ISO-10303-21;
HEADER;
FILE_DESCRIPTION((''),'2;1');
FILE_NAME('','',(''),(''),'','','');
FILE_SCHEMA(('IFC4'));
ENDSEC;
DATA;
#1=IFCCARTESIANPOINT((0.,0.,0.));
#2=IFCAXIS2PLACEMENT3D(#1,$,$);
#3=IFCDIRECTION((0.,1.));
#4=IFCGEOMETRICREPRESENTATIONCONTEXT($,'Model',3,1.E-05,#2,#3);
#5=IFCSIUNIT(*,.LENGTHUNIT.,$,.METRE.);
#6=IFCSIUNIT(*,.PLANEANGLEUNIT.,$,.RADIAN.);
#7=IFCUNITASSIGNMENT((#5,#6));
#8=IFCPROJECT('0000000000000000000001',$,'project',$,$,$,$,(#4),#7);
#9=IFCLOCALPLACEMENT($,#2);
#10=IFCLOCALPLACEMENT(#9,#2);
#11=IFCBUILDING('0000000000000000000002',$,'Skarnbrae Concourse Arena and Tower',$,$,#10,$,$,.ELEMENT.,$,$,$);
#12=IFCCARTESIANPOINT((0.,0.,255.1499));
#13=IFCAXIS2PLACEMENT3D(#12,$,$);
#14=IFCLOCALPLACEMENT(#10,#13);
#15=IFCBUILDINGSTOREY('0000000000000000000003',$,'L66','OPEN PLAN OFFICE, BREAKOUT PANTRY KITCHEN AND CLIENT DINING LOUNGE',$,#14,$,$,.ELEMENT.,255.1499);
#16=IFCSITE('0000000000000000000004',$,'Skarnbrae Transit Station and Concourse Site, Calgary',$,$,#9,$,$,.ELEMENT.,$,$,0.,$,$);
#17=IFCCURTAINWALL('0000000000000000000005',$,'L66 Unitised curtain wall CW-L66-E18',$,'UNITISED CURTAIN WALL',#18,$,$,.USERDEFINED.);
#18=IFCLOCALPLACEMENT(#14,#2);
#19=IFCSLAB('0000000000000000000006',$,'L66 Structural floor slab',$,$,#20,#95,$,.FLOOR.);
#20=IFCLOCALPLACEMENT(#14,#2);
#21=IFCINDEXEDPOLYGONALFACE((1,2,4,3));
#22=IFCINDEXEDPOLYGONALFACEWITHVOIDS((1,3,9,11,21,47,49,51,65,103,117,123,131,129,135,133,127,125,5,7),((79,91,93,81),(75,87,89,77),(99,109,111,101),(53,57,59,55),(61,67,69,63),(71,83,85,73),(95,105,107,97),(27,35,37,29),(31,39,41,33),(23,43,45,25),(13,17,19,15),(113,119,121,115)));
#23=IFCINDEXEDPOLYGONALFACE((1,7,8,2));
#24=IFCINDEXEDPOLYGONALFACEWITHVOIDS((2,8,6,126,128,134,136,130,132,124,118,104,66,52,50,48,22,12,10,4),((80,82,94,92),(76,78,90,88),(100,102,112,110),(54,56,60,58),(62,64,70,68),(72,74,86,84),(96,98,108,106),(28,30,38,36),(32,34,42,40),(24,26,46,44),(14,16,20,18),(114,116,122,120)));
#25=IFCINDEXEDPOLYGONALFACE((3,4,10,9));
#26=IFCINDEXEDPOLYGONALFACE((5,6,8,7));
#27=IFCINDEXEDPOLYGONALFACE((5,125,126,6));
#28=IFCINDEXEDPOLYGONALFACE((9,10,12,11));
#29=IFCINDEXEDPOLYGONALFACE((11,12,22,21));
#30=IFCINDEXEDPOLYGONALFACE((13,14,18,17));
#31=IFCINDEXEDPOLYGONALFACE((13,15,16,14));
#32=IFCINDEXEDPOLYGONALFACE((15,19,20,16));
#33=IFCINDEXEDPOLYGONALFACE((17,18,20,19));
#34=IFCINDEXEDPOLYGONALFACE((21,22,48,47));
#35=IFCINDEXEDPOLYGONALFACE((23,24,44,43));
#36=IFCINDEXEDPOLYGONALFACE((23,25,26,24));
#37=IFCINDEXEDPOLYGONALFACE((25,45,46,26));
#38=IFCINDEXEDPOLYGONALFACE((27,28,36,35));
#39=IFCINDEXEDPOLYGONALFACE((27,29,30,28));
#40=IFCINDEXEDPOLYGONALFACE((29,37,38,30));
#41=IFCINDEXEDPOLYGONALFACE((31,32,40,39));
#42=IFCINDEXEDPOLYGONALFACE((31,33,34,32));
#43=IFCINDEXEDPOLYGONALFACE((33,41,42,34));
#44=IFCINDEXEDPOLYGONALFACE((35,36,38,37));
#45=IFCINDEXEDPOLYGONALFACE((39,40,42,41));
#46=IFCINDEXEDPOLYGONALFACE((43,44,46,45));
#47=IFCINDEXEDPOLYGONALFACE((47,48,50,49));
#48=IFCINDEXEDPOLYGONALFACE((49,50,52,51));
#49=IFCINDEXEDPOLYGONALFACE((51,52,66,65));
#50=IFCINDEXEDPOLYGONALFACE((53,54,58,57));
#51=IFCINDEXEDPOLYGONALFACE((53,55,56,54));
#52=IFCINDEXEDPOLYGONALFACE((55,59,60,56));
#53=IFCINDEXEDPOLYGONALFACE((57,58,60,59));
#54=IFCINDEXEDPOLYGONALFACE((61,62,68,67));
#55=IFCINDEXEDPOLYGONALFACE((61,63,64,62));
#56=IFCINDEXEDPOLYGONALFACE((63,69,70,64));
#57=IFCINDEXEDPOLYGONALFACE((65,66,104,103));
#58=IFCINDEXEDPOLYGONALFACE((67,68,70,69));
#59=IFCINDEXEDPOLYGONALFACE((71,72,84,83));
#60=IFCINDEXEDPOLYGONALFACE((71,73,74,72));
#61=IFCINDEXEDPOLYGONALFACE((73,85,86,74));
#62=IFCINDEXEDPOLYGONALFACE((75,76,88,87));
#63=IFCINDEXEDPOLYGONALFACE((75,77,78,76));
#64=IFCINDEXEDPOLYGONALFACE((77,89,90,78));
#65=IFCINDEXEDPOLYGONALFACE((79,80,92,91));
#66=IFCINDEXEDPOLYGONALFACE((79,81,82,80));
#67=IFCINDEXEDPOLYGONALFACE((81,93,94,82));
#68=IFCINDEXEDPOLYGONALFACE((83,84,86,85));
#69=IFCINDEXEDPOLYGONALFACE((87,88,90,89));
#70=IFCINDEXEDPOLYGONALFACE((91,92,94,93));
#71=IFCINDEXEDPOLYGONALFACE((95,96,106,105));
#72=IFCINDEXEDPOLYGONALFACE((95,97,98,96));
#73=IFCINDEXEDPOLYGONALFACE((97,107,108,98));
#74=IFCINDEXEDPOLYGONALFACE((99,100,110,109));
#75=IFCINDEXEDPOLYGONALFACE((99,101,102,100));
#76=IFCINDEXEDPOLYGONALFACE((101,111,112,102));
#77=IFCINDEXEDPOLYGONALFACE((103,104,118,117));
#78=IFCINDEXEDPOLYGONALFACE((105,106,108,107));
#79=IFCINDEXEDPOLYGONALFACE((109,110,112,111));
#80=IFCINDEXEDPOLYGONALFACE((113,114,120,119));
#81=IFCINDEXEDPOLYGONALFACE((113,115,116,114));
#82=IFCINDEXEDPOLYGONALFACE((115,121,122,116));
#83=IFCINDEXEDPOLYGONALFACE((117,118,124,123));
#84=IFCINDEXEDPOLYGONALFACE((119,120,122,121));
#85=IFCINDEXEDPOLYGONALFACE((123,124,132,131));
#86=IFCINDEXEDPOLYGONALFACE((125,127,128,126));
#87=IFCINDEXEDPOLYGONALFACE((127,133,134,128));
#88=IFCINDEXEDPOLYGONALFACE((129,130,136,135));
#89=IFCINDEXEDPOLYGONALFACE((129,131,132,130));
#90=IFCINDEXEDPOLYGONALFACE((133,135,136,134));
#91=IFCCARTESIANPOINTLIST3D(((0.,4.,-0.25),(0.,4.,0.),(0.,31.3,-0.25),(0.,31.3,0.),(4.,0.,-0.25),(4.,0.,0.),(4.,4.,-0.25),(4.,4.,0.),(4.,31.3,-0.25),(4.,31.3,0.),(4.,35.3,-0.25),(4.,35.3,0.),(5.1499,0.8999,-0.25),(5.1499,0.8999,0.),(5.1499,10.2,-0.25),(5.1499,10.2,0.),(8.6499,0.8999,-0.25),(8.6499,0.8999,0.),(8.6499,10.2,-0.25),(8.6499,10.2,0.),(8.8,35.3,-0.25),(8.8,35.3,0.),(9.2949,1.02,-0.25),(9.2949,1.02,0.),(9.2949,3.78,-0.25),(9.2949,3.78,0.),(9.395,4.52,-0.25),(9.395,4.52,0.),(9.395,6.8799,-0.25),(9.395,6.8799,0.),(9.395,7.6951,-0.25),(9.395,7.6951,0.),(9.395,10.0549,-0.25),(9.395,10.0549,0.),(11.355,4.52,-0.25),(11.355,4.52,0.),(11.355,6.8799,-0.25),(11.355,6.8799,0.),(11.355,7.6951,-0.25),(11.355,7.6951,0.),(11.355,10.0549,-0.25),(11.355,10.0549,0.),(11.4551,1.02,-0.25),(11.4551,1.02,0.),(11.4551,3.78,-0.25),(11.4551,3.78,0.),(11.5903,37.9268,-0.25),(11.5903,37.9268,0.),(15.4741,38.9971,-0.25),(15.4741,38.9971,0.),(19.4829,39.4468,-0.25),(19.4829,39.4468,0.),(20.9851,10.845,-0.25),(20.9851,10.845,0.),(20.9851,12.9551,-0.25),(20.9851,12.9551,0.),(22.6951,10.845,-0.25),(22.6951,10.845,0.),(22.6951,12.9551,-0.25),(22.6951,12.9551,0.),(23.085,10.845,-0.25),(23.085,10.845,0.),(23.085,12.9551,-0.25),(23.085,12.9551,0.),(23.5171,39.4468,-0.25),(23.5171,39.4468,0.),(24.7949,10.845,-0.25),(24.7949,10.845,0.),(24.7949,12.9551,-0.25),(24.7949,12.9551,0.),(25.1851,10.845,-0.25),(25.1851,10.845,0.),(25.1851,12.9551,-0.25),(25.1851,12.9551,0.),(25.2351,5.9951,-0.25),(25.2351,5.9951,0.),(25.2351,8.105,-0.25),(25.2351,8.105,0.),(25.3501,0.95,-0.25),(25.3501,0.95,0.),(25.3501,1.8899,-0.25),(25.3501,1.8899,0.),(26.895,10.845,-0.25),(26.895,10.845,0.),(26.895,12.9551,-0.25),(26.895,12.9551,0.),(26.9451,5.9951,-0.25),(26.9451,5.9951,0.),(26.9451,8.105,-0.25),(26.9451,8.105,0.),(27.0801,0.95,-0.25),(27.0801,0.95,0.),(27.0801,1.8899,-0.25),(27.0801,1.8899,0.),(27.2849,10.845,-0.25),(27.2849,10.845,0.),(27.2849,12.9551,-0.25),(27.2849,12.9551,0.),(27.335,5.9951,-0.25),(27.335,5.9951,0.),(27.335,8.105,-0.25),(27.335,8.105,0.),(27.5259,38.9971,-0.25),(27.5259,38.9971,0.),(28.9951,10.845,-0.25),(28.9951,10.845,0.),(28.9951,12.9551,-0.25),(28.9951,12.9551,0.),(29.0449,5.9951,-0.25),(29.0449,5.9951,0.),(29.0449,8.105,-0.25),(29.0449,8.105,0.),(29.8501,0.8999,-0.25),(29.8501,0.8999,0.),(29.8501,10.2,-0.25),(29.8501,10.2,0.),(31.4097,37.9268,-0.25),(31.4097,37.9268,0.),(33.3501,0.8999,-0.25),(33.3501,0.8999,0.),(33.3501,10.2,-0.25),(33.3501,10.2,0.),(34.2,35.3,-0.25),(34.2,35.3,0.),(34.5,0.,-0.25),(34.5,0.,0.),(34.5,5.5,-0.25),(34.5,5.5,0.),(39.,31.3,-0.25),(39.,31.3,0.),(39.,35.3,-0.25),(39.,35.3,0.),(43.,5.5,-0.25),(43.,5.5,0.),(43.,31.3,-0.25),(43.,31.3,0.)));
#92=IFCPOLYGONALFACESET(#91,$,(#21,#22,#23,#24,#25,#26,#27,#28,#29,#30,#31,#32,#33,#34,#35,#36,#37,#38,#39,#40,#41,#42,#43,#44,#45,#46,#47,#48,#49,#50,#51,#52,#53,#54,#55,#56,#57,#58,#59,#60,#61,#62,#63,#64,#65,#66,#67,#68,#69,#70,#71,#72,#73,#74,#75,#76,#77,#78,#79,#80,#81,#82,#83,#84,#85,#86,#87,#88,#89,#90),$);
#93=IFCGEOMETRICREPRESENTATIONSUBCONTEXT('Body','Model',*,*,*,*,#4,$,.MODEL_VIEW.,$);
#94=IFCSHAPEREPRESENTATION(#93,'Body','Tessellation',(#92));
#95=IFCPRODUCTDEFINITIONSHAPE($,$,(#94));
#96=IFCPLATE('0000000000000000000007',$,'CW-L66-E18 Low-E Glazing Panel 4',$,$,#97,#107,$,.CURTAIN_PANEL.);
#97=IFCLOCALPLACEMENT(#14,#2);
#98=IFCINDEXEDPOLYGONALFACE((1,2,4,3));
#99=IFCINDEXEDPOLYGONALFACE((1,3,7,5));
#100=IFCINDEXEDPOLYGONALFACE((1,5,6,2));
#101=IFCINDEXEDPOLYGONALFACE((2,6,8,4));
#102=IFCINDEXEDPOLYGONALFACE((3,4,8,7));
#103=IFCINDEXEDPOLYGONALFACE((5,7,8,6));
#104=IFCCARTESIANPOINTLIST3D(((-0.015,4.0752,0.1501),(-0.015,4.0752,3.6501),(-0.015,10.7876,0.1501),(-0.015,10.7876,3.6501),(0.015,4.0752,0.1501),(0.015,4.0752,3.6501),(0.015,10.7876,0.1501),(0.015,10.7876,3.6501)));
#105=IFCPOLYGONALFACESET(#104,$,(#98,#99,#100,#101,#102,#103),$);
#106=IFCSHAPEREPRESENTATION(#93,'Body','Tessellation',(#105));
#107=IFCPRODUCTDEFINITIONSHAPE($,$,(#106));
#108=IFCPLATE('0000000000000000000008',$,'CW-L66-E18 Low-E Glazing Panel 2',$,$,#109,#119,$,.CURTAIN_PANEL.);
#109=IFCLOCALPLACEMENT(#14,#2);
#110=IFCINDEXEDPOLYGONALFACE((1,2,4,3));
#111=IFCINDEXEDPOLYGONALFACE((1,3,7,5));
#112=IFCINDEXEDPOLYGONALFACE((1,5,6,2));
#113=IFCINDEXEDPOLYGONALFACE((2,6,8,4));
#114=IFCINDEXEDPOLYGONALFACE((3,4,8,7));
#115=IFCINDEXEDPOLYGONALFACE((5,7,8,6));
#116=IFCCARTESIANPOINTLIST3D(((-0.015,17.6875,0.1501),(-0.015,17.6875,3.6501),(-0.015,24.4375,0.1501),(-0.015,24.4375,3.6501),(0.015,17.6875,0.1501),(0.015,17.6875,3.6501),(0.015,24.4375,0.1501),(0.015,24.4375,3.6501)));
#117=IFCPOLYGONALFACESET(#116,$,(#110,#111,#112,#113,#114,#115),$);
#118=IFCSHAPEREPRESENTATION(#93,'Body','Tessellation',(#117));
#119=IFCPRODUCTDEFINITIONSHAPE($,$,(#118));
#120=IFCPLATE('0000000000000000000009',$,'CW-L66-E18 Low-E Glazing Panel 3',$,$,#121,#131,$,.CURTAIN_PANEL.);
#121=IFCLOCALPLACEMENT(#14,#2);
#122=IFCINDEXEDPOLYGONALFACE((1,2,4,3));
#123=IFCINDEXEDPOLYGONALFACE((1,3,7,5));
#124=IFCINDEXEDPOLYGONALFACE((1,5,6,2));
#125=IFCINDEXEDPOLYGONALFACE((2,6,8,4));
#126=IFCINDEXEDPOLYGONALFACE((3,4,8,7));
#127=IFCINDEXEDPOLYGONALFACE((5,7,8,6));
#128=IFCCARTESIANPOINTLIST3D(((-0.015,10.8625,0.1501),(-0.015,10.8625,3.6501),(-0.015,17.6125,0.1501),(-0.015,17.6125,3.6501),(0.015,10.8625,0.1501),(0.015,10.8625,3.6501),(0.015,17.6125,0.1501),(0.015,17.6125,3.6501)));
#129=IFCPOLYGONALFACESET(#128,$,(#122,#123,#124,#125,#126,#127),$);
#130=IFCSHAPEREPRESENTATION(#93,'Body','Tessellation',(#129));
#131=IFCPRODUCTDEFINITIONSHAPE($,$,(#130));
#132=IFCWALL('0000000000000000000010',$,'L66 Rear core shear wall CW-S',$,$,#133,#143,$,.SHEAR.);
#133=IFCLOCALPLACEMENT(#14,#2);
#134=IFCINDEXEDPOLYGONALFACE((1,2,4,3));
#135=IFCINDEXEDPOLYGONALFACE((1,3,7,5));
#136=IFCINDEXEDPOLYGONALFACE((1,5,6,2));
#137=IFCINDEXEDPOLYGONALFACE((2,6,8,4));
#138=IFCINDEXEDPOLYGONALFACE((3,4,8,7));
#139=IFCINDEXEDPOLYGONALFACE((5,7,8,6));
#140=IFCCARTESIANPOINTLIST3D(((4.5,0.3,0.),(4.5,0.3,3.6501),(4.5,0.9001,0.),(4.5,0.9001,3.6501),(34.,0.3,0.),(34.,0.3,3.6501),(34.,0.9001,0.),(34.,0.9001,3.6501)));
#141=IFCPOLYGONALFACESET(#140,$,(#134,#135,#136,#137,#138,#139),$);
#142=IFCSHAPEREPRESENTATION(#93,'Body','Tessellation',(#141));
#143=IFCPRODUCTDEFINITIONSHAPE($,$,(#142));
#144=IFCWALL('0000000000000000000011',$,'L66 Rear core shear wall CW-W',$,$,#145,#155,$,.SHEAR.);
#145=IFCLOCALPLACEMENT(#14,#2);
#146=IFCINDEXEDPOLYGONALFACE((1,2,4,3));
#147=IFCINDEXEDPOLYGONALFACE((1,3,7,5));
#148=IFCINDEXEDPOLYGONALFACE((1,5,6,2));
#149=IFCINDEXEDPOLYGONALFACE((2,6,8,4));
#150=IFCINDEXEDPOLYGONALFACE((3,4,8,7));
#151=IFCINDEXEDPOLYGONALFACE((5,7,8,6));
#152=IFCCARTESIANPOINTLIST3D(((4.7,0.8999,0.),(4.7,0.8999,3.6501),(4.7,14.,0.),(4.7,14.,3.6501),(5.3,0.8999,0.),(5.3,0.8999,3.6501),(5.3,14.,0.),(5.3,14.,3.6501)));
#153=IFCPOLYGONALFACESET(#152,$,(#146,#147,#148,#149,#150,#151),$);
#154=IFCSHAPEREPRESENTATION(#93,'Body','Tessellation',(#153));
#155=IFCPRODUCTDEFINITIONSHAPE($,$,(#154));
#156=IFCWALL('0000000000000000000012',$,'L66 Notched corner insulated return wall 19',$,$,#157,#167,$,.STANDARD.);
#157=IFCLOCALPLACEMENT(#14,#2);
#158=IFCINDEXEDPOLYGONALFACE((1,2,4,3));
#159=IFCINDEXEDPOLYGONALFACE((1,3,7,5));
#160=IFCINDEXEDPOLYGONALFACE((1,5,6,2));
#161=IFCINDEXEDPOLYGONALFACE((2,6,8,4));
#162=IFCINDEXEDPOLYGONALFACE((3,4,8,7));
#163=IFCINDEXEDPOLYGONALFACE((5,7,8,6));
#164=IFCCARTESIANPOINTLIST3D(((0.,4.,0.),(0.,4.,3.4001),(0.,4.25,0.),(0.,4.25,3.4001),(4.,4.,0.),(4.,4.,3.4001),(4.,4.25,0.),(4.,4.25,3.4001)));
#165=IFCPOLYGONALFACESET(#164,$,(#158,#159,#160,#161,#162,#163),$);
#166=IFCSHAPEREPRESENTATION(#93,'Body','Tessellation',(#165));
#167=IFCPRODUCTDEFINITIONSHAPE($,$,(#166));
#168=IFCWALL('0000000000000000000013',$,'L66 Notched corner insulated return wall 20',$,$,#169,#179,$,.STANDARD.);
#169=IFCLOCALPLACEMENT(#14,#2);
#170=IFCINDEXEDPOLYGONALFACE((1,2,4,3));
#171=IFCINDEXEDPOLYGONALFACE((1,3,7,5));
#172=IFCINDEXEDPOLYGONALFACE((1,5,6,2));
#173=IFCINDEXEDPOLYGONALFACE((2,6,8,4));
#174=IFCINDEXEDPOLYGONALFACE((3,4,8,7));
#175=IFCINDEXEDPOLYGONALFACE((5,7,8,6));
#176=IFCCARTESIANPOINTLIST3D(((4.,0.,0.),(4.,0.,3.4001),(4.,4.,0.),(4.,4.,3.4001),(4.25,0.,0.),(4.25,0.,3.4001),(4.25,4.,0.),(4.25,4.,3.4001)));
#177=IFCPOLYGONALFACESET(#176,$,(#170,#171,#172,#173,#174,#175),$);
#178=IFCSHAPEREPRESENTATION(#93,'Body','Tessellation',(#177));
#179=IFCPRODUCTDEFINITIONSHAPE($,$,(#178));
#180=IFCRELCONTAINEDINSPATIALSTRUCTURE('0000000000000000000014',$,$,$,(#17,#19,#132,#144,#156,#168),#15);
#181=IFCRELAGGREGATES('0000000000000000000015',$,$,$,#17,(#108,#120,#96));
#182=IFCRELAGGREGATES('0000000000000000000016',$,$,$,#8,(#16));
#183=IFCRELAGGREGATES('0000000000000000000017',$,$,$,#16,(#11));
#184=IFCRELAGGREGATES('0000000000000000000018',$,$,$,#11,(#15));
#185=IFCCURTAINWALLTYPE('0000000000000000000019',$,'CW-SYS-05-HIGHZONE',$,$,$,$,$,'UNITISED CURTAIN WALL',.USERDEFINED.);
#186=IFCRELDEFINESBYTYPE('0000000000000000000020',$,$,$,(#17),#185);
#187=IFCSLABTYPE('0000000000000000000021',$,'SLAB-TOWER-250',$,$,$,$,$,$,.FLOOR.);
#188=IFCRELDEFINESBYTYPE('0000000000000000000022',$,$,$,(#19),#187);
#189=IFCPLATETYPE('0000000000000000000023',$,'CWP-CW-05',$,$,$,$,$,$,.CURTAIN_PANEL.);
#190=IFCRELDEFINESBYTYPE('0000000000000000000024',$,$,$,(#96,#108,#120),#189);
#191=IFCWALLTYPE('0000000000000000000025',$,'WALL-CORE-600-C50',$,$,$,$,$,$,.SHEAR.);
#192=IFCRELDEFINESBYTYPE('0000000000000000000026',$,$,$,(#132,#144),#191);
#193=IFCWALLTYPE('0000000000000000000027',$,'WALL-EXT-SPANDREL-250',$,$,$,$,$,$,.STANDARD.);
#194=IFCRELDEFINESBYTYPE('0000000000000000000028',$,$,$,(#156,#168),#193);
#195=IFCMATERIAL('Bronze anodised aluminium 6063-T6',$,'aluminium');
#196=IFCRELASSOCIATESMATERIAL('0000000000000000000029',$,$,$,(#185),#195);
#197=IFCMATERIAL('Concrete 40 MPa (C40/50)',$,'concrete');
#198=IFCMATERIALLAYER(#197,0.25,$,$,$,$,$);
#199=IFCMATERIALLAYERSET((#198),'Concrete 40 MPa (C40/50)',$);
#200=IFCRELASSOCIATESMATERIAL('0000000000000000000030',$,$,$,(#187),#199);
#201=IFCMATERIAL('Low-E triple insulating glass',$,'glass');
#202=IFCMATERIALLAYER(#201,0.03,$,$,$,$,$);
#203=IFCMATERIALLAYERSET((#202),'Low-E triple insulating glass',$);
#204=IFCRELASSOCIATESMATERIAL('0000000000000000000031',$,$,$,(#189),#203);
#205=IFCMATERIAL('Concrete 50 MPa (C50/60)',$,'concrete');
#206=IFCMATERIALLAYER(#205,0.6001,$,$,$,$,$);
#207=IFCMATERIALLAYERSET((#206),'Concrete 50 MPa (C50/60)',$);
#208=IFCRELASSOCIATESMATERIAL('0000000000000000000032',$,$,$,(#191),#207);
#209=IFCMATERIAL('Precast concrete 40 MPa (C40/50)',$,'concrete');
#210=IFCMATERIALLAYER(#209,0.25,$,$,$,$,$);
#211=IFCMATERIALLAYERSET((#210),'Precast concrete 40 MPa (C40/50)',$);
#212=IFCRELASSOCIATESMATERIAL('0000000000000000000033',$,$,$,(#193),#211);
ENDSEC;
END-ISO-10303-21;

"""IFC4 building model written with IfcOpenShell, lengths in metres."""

from ifc_helpers import new_model, si_unit, direction, frame, frame_2d, origin, origin_2d, place, context, subcontext, project, spatial, polyline, rectangle, outline, extrude, source, transform, mapped, material, layer, layer_set, type_object, element, aggregate, save


model = new_model("IFC4")

# Units and contexts
model_context = context("Model", 3, precision=1e-05, world=origin(), true_north=direction((0.0, 1.0)))
body_context = subcontext(model_context, "Body", "Model", "MODEL_VIEW")
ifc_project = project(units=[si_unit("LENGTHUNIT", "METRE"), si_unit("PLANEANGLEUNIT", "RADIAN")], contexts=[model_context])

# Site, building, storey
site_placement = place(None, origin())
site = spatial("IfcSite", under=ifc_project, at=site_placement, Name="Skarnbrae Transit Station and Concourse Site, Calgary", CompositionType="ELEMENT", RefElevation=0.0)
building_placement = place(site_placement, origin())
building = spatial("IfcBuilding", under=site, at=building_placement, Name="Skarnbrae Concourse Arena and Tower", CompositionType="ELEMENT")
storey_placement = place(building_placement, frame((0.0, 0.0, 255.1499)))
storey = spatial("IfcBuildingStorey", under=building, at=storey_placement, Name="L66", Description="OPEN PLAN OFFICE, BREAKOUT PANTRY KITCHEN AND CLIENT DINING LOUNGE", CompositionType="ELEMENT", Elevation=255.1499)

# Curtain wall
ifc_material_1 = material(Name="Bronze anodised aluminium 6063-T6", Category="aluminium")
curtain_wall_type = type_object("IfcCurtainWallType", Name="CW-SYS-05-HIGHZONE", ElementType="UNITISED CURTAIN WALL", PredefinedType="USERDEFINED", material=ifc_material_1)
curtain_wall_placement = place(storey_placement, origin())
curtain_wall = element("IfcCurtainWall", 1, at=curtain_wall_placement, inside=storey, type_object=curtain_wall_type, Name="L66 Unitised curtain wall CW-L66-E18", ObjectType="UNITISED CURTAIN WALL", PredefinedType="USERDEFINED")

# Shared definitions
ifc_material_2 = material(Name="Concrete 40 MPa (C40/50)", Category="concrete")

# Slab
ifc_layer_1 = layer(ifc_material_2, 0.25)
ifc_layer_set_1 = layer_set([ifc_layer_1], Name="Concrete 40 MPa (C40/50)")
slab_type_1 = type_object("IfcSlabType", Name="SLAB-TOWER-250", PredefinedType="FLOOR", material=ifc_layer_set_1)
slab_1_placement = place(storey_placement, frame((0.0, 0.0, -0.25)))
element("IfcSlab", 2, at=slab_1_placement, inside=storey, type_object=slab_type_1, Name="L66 Structural floor slab", PredefinedType="FLOOR", context=body_context, shape_type="SweptSolid", body=[
    extrude(outline(polyline([(4.0, 0.0), (34.5, 0.0), (34.5, 5.5), (43.0, 5.5), (43.0, 31.3), (39.0, 31.3), (39.0, 35.3), (34.2, 35.3), (31.4097, 37.9268), (27.5259, 38.9971), (23.5171, 39.4468), (19.4829, 39.4468), (15.4741, 38.9971), (11.5903, 37.9268), (8.8, 35.3), (4.0, 35.3), (4.0, 31.3), (0.0, 31.3), (0.0, 4.0), (4.0, 4.0), (4.0, 0.0)]), holes=[polyline([(9.2949, 1.02), (9.2949, 3.78), (11.4551, 3.78), (11.4551, 1.02), (9.2949, 1.02)]), polyline([(8.6499, 10.2), (8.6499, 0.8999), (5.1499, 0.8999), (5.1499, 10.2), (8.6499, 10.2)]), polyline([(9.395, 6.8799), (11.355, 6.8799), (11.355, 4.52), (9.395, 4.52), (9.395, 6.8799)]), polyline([(9.395, 7.6951), (9.395, 10.0549), (11.355, 10.0549), (11.355, 7.6951), (9.395, 7.6951)]), polyline([(20.9851, 12.9551), (22.6951, 12.9551), (22.6951, 10.845), (20.9851, 10.845), (20.9851, 12.9551)]), polyline([(23.085, 12.9551), (24.7949, 12.9551), (24.7949, 10.845), (23.085, 10.845), (23.085, 12.9551)]), polyline([(25.3501, 0.95), (25.3501, 1.8899), (27.0801, 1.8899), (27.0801, 0.95), (25.3501, 0.95)]), polyline([(33.3501, 10.2), (33.3501, 0.8999), (29.8501, 0.8999), (29.8501, 10.2), (33.3501, 10.2)]), polyline([(25.2351, 8.105), (26.9451, 8.105), (26.9451, 5.9951), (25.2351, 5.9951), (25.2351, 8.105)]), polyline([(27.335, 5.9951), (27.335, 8.105), (29.0449, 8.105), (29.0449, 5.9951), (27.335, 5.9951)]), polyline([(25.1851, 12.9551), (26.895, 12.9551), (26.895, 10.845), (25.1851, 10.845), (25.1851, 12.9551)]), polyline([(27.2849, 12.9551), (28.9951, 12.9551), (28.9951, 10.845), (27.2849, 10.845), (27.2849, 12.9551)])]), origin(), (0.0, 0.0, 1.0), 0.25),
])

# Plates
ifc_material_3 = material(Name="Low-E triple insulating glass", Category="glass")
ifc_layer_2 = layer(ifc_material_3, 0.03)
ifc_layer_set_2 = layer_set([ifc_layer_2], Name="Low-E triple insulating glass")
plate_type = type_object("IfcPlateType", Name="CWP-CW-05", PredefinedType="CURTAIN_PANEL", material=ifc_layer_set_2)
shared_shape_1 = source(origin(), body_context, "Body", "SweptSolid", [
    extrude(rectangle(XDim=6.7124, YDim=0.03, at=origin_2d()), origin(), (0.0, 0.0, 1.0), 3.5),
])
plate_1_placement = place(storey_placement, frame((0.0, 7.4314, 0.1501), z_axis=(0.0, 0.0, 1.0), x_axis=(0.0, -1.0, 0.0)))
plate_1 = element("IfcPlate", 3, at=plate_1_placement, type_object=plate_type, Name="CW-L66-E18 Low-E Glazing Panel 4", PredefinedType="CURTAIN_PANEL", context=body_context, shape_type="MappedRepresentation", body=[
    mapped(shared_shape_1, transform((0.0, 0.0, 0.0))),
])
shared_shape_2 = source(origin(), body_context, "Body", "SweptSolid", [
    extrude(rectangle(XDim=6.75, YDim=0.03, at=origin_2d()), origin(), (0.0, 0.0, 1.0), 3.5),
])
plate_2_placement = place(storey_placement, frame((0.0, 21.0625, 0.1501), z_axis=(0.0, 0.0, 1.0), x_axis=(0.0, -1.0, 0.0)))
plate_2 = element("IfcPlate", 4, at=plate_2_placement, type_object=plate_type, Name="CW-L66-E18 Low-E Glazing Panel 2", PredefinedType="CURTAIN_PANEL", context=body_context, shape_type="MappedRepresentation", body=[
    mapped(shared_shape_2, transform((0.0, 0.0, 0.0))),
])
plate_3_placement = place(storey_placement, frame((0.0, 14.2375, 0.1501), z_axis=(0.0, 0.0, 1.0), x_axis=(0.0, -1.0, 0.0)))
plate_3 = element("IfcPlate", 5, at=plate_3_placement, type_object=plate_type, Name="CW-L66-E18 Low-E Glazing Panel 3", PredefinedType="CURTAIN_PANEL", context=body_context, shape_type="MappedRepresentation", body=[
    mapped(shared_shape_2, transform((0.0, 0.0, 0.0))),
])
aggregate(curtain_wall, [plate_2, plate_3, plate_1])

# Shared definitions
ifc_material_4 = material(Name="Concrete 50 MPa (C50/60)", Category="concrete")

# Walls
ifc_layer_3 = layer(ifc_material_4, 0.6001)
ifc_layer_set_3 = layer_set([ifc_layer_3], Name="Concrete 50 MPa (C50/60)")
wall_type_1 = type_object("IfcWallType", Name="WALL-CORE-600-C50", PredefinedType="SHEAR", material=ifc_layer_set_3)
shared_shape_3 = source(origin(), body_context, "Body", "SweptSolid", [
    extrude(rectangle(XDim=29.5, YDim=0.6001, at=frame_2d((14.75, 0.0))), origin(), (0.0, 0.0, 1.0), 3.6501),
])
wall_1_placement = place(storey_placement, frame((4.5, 0.6001, 0.0), z_axis=(0.0, 0.0, 1.0), x_axis=(1.0, 0.0, 0.0)))
element("IfcWall", 6, at=wall_1_placement, inside=storey, type_object=wall_type_1, Name="L66 Rear core shear wall CW-S", PredefinedType="SHEAR", context=body_context, shape_type="MappedRepresentation", body=[
    mapped(shared_shape_3, transform((0.0, 0.0, 0.0))),
])
shared_shape_4 = source(origin(), body_context, "Body", "SweptSolid", [
    extrude(rectangle(XDim=13.1001, YDim=0.6001, at=frame_2d((6.55, 0.0))), origin(), (0.0, 0.0, 1.0), 3.6501),
])
wall_2_placement = place(storey_placement, frame((5.0, 0.8999, 0.0), z_axis=(0.0, 0.0, 1.0), x_axis=(0.0, 1.0, 0.0)))
element("IfcWall", 7, at=wall_2_placement, inside=storey, type_object=wall_type_1, Name="L66 Rear core shear wall CW-W", PredefinedType="SHEAR", context=body_context, shape_type="MappedRepresentation", body=[
    mapped(shared_shape_4, transform((0.0, 0.0, 0.0))),
])

# Walls
ifc_material_5 = material(Name="Precast concrete 40 MPa (C40/50)", Category="concrete")
ifc_layer_4 = layer(ifc_material_5, 0.25)
ifc_layer_set_4 = layer_set([ifc_layer_4], Name="Precast concrete 40 MPa (C40/50)")
wall_type_2 = type_object("IfcWallType", Name="WALL-EXT-SPANDREL-250", PredefinedType="STANDARD", material=ifc_layer_set_4)
shared_shape_5 = source(origin(), body_context, "Body", "SweptSolid", [
    extrude(rectangle(XDim=4.0, YDim=0.25, at=frame_2d((2.0, 0.0))), origin(), (0.0, 0.0, 1.0), 3.4001),
])
for number, where, z_axis, x_axis, name in (
    (8, (0.0, 4.125, 0.0), (0.0, 0.0, 1.0), (1.0, 0.0, 0.0), "L66 Notched corner insulated return wall 19"),
    (9, (4.125, 4.0, 0.0), (0.0, 0.0, 1.0), (0.0, -1.0, 0.0), "L66 Notched corner insulated return wall 20"),
):
    element("IfcWall", number, at=place(storey_placement, frame(where, z_axis=z_axis, x_axis=x_axis)), inside=storey, type_object=wall_type_2, Name=name, PredefinedType="STANDARD", context=body_context, shape_type="MappedRepresentation", body=[
        mapped(shared_shape_5, transform((0.0, 0.0, 0.0))),
    ])

save(model, "model.ifc")
